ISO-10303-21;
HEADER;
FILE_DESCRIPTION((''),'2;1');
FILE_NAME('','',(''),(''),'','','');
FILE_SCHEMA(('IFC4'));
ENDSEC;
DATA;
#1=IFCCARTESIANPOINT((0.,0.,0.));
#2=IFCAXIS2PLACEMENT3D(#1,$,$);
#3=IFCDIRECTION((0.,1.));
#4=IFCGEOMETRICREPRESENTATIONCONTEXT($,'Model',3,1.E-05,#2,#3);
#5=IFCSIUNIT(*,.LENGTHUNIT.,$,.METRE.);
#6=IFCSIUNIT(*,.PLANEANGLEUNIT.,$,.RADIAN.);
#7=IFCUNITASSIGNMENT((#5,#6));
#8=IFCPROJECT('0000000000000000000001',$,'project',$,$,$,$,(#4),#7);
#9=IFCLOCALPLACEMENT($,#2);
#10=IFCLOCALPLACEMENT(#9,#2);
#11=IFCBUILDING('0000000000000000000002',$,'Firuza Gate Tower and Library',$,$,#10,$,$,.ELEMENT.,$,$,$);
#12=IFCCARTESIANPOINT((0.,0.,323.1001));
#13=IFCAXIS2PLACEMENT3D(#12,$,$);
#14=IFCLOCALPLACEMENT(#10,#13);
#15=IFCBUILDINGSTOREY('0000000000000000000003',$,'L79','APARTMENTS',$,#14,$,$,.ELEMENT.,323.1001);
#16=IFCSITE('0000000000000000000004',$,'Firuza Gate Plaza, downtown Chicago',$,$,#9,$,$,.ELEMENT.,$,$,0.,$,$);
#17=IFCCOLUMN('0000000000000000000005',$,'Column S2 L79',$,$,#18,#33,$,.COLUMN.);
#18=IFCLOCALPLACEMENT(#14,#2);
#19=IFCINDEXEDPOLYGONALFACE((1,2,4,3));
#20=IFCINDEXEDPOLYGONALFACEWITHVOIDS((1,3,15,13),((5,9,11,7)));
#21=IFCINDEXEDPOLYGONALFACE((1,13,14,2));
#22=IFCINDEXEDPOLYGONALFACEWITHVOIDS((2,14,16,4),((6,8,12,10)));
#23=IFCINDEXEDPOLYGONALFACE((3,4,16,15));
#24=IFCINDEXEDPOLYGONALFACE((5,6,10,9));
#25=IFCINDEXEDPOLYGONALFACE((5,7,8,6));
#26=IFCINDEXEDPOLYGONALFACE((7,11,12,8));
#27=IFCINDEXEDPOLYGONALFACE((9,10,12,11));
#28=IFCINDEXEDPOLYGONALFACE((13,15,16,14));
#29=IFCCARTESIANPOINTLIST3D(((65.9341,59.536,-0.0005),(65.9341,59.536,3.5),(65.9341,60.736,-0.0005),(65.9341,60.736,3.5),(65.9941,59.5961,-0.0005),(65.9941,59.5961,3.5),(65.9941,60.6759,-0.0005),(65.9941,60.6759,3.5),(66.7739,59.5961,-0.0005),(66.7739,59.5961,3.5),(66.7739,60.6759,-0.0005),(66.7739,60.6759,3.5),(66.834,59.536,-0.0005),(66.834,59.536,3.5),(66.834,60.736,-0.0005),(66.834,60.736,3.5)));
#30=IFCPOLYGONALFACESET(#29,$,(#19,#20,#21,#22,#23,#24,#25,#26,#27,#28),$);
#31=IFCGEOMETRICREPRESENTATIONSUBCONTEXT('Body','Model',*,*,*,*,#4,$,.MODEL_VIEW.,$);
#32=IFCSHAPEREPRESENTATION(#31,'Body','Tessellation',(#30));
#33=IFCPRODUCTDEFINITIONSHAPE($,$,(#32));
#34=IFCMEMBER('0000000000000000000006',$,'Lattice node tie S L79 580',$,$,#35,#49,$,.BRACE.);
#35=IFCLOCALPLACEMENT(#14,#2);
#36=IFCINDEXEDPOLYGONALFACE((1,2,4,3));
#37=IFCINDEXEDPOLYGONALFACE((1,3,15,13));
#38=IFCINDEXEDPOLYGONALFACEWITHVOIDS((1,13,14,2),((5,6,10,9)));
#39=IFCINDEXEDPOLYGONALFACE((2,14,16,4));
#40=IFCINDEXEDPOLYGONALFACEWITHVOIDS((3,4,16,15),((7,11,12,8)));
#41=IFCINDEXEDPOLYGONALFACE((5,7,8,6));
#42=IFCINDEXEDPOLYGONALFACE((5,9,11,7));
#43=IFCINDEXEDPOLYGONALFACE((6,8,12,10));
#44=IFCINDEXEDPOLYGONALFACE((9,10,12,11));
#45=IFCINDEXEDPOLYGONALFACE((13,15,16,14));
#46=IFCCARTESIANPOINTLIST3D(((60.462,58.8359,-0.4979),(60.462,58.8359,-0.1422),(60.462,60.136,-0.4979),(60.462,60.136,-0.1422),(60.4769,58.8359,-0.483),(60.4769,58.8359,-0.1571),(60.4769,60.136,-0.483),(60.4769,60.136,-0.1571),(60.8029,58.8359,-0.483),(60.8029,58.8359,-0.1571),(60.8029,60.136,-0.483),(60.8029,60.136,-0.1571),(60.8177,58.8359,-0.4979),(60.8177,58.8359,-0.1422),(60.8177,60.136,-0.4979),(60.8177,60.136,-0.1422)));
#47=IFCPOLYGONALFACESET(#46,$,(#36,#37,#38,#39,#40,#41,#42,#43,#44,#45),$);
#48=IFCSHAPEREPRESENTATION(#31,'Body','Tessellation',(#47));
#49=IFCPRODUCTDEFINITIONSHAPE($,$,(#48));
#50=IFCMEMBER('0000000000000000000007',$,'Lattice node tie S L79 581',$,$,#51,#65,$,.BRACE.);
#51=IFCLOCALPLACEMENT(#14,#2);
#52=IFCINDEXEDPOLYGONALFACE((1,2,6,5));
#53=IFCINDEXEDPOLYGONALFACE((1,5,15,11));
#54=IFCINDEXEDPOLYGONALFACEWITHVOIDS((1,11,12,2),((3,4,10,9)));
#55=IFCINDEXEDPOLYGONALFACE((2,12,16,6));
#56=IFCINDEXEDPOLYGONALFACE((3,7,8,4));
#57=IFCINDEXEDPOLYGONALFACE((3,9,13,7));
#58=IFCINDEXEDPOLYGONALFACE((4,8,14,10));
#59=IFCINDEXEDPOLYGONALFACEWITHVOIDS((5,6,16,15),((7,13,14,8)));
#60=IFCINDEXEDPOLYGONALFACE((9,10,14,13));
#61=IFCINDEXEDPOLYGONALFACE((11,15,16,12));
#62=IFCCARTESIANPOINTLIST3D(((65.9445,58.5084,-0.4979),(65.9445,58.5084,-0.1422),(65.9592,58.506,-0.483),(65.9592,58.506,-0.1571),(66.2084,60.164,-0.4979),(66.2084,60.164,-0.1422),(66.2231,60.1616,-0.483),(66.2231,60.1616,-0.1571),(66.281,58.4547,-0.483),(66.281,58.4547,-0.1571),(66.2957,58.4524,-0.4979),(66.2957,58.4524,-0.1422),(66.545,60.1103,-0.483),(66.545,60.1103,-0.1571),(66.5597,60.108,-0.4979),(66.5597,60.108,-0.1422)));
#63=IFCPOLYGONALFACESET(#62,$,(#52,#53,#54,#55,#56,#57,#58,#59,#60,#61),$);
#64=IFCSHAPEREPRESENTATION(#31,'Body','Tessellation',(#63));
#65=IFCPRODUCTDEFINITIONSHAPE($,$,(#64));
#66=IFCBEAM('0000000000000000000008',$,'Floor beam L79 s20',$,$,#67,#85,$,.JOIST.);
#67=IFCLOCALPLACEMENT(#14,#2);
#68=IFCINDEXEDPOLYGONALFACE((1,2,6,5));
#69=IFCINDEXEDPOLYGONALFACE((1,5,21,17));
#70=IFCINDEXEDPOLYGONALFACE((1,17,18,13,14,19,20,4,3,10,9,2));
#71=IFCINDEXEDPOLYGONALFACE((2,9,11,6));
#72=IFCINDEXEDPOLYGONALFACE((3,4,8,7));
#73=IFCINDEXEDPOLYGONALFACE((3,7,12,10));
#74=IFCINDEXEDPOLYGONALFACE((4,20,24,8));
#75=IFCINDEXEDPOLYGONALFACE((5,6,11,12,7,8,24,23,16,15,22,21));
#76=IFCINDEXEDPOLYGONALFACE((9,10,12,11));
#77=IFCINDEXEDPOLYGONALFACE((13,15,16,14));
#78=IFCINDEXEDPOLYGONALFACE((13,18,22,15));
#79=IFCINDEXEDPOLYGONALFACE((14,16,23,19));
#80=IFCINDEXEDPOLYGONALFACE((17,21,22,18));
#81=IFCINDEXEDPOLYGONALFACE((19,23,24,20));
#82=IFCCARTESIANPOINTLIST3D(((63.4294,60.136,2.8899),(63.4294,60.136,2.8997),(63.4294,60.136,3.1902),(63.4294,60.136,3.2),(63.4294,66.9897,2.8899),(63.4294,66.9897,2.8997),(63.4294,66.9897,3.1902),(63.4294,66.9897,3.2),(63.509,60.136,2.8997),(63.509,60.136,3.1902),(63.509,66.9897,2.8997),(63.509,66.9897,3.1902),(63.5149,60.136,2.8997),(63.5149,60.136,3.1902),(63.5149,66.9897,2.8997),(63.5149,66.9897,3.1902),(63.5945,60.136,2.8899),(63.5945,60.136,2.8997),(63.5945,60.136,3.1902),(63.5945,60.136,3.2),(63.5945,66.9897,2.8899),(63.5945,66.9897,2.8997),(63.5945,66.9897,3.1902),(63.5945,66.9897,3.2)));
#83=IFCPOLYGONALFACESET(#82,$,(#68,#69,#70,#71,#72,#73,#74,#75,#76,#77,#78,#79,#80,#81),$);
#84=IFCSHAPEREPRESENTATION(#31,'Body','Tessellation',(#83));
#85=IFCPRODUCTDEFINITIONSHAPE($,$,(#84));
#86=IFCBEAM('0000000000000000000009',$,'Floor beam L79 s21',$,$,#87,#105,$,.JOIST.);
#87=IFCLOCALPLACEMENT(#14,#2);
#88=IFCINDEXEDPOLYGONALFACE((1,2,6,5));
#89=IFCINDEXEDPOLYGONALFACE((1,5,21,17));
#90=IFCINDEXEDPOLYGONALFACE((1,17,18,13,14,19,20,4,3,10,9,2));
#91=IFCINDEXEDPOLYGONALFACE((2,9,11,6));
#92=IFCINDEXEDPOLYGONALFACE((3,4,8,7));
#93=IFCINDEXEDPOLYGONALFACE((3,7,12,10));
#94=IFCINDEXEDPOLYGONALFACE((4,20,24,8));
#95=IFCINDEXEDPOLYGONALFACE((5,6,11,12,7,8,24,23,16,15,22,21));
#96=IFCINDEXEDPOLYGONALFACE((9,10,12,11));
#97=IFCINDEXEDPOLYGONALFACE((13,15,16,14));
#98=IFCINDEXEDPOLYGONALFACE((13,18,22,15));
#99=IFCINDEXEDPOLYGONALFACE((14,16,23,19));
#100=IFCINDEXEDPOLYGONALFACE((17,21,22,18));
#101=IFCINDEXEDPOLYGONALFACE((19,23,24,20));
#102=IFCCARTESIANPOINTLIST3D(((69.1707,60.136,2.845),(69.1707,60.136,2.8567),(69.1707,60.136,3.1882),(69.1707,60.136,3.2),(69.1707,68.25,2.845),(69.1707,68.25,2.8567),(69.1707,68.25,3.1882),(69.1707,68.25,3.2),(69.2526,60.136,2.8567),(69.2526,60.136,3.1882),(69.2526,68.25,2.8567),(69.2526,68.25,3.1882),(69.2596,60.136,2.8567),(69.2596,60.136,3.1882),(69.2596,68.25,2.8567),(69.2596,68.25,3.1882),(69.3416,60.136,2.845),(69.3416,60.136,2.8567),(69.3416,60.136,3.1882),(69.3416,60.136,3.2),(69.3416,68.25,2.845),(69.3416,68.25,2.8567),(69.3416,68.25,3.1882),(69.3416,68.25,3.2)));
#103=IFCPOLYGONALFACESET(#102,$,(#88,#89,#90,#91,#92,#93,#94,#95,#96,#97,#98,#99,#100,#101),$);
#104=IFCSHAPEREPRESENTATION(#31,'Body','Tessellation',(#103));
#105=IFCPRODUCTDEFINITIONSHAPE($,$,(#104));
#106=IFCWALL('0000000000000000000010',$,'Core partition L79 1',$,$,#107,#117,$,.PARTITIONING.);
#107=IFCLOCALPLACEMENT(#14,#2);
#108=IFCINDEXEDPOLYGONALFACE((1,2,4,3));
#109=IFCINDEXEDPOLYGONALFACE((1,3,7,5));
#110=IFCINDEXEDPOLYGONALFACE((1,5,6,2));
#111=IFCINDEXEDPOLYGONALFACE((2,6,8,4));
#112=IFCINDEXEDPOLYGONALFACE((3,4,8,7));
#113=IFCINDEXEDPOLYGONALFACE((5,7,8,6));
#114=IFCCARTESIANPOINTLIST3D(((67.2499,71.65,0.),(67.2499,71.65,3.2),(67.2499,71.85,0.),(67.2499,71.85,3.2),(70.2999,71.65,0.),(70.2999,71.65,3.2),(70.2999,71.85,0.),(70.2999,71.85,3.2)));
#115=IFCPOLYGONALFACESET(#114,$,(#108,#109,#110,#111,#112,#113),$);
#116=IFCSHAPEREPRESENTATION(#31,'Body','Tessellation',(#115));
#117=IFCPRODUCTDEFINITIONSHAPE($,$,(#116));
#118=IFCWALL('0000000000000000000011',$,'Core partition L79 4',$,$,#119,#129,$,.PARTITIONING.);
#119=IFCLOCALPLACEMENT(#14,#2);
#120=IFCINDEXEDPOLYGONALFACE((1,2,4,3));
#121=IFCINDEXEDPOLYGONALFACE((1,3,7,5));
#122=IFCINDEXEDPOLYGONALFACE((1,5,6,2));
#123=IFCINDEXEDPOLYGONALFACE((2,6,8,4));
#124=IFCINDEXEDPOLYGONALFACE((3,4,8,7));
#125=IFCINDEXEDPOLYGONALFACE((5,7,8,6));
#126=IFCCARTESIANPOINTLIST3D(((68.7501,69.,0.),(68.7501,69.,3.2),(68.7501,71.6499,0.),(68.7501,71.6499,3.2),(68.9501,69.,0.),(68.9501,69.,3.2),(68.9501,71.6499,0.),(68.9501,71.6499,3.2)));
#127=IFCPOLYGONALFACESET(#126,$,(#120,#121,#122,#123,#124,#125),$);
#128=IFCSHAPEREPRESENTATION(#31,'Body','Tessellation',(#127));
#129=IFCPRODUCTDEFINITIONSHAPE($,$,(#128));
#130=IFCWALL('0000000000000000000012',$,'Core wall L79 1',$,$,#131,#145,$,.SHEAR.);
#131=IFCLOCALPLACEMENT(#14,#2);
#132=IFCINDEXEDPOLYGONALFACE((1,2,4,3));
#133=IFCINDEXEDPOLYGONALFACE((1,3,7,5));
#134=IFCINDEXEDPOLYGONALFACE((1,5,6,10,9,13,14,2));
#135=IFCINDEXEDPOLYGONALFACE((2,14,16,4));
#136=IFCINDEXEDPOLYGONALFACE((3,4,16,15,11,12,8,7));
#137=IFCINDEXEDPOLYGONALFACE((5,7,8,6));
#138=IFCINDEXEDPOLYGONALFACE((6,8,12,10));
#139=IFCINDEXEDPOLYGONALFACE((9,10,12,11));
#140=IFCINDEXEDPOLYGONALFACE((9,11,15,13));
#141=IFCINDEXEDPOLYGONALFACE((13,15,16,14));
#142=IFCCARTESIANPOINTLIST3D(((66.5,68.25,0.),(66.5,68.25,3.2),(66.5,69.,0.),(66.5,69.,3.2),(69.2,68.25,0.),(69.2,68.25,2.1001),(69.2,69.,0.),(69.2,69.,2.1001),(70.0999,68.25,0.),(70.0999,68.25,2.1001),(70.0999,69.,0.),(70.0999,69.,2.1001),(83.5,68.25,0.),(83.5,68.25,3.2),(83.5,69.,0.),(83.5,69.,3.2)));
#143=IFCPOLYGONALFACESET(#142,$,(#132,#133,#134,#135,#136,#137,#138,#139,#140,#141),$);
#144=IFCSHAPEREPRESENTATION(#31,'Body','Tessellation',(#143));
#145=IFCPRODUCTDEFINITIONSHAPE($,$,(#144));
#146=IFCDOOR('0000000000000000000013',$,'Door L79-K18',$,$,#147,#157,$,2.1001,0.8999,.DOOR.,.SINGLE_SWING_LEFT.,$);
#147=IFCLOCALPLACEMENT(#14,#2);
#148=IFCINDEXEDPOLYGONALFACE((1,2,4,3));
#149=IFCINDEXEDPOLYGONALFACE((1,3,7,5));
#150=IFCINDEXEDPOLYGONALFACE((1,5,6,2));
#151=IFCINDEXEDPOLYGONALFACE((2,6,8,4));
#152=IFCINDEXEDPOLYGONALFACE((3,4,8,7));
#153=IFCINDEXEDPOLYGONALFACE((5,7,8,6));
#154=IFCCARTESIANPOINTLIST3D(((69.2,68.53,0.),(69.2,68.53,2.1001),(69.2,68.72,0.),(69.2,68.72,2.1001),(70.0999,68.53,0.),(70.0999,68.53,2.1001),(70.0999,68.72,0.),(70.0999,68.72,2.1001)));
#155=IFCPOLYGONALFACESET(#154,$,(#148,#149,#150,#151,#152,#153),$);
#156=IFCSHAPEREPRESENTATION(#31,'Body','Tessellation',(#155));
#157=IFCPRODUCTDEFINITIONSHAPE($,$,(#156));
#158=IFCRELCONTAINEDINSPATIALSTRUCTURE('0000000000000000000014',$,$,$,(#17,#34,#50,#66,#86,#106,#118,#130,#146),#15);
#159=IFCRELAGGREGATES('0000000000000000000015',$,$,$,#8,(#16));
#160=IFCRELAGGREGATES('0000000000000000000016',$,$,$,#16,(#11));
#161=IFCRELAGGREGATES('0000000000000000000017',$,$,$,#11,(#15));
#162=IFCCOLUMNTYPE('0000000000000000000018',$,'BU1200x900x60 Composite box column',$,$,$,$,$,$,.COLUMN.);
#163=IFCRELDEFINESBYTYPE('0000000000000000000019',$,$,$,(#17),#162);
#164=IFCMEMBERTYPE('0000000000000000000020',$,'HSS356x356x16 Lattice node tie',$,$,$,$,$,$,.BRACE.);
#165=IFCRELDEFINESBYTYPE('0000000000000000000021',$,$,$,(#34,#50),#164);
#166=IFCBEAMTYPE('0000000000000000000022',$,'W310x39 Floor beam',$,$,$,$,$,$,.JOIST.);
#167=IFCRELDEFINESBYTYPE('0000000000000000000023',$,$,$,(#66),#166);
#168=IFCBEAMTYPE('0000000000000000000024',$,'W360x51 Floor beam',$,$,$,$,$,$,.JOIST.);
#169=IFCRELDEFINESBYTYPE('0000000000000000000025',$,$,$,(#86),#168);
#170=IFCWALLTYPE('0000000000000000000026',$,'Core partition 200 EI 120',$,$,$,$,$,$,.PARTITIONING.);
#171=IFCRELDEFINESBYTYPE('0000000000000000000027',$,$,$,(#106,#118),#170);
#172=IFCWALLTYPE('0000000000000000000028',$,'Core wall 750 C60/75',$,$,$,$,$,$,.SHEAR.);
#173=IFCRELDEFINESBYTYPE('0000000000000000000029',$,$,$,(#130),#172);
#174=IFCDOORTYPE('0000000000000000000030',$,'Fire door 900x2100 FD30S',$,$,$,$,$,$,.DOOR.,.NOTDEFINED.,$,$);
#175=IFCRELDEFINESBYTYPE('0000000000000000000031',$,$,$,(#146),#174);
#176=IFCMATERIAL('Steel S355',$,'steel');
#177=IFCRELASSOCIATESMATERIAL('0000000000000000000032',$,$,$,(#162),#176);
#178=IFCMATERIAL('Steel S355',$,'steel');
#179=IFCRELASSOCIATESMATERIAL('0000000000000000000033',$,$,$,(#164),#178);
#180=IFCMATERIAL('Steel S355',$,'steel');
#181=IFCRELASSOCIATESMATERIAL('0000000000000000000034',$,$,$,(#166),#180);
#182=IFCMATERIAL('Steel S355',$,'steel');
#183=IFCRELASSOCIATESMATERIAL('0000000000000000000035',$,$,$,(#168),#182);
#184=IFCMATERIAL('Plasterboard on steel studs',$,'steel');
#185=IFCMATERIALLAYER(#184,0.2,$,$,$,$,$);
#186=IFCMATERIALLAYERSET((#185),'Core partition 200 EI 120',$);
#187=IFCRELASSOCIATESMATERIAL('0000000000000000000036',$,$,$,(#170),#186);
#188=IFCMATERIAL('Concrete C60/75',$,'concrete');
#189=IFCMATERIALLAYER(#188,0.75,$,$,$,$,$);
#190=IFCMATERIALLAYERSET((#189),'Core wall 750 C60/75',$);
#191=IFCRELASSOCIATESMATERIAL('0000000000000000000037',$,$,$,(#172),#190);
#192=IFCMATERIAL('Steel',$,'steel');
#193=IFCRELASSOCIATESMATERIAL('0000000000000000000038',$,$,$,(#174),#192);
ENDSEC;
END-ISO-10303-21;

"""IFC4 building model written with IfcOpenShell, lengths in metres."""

from ifc_helpers import new_model, si_unit, direction, frame, frame_2d, origin, origin_2d, place, context, subcontext, project, spatial, rectangle, hollow_rectangle, i_section, extrude, material, layer, layer_set, material_profile, profile_set, type_object, element, fill, save


model = new_model("IFC4")

# Units and contexts
model_context = context("Model", 3, precision=1e-05, world=origin(), true_north=direction((0.0, 1.0)))
body_context = subcontext(model_context, "Body", "Model", "MODEL_VIEW")
ifc_project = project(units=[si_unit("LENGTHUNIT", "METRE"), si_unit("PLANEANGLEUNIT", "RADIAN")], contexts=[model_context])

# Site, building, storey
site_placement = place(None, origin())
site = spatial("IfcSite", under=ifc_project, at=site_placement, Name="Firuza Gate Plaza, downtown Chicago", CompositionType="ELEMENT", RefElevation=0.0)
building_placement = place(site_placement, origin())
building = spatial("IfcBuilding", under=site, at=building_placement, Name="Firuza Gate Tower and Library", CompositionType="ELEMENT")
storey_placement = place(building_placement, frame((0.0, 0.0, 323.1001)))
storey = spatial("IfcBuildingStorey", under=building, at=storey_placement, Name="L79", Description="APARTMENTS", CompositionType="ELEMENT", Elevation=323.1001)

# Column
ifc_material_1 = material(Name="Steel S355", Category="steel")
ifc_material_profile_1 = material_profile(ifc_material_1, hollow_rectangle(XDim=0.8999, YDim=1.2, WallThickness=0.0601, at=origin_2d()))
ifc_profile_set_1 = profile_set([ifc_material_profile_1], Name="Steel S355")
column_type = type_object("IfcColumnType", Name="BU1200x900x60 Composite box column", PredefinedType="COLUMN", material=ifc_profile_set_1)
column_placement = place(storey_placement, frame((66.384, 60.136, -0.0005), z_axis=(0.0, 0.0, 1.0), x_axis=(1.0, 0.0, 0.0)))
element("IfcColumn", 1, at=column_placement, inside=storey, type_object=column_type, Name="Column S2 L79", PredefinedType="COLUMN", context=body_context, shape_type="SweptSolid", body=[
    extrude(hollow_rectangle(XDim=0.8999, YDim=1.2, WallThickness=0.0601, at=origin_2d()), origin(), (0.0, 0.0, 1.0), 3.5005),
])

# Members
ifc_material_2 = material(Name="Steel S355", Category="steel")
ifc_material_profile_2 = material_profile(ifc_material_2, hollow_rectangle(XDim=0.3557, YDim=0.3557, WallThickness=0.0149, at=origin_2d()))
ifc_profile_set_2 = profile_set([ifc_material_profile_2], Name="Steel S355")
member_type = type_object("IfcMemberType", Name="HSS356x356x16 Lattice node tie", PredefinedType="BRACE", material=ifc_profile_set_2)
member_1_placement = place(storey_placement, frame((60.6399, 60.136, -0.3201), z_axis=(0.0, -1.0, 0.0), x_axis=(1.0, 0.0, 0.0)))
element("IfcMember", 2, at=member_1_placement, inside=storey, type_object=member_type, Name="Lattice node tie S L79 580", PredefinedType="BRACE", context=body_context, shape_type="SweptSolid", body=[
    extrude(hollow_rectangle(XDim=0.3557, YDim=0.3557, WallThickness=0.0149, at=origin_2d()), origin(), (0.0, 0.0, 1.0), 1.3),
])
member_2_placement = place(storey_placement, frame((66.384, 60.136, -0.3201), z_axis=(-0.157428, -0.98753, 0.0), x_axis=(0.98753, -0.157428, 0.0)))
element("IfcMember", 3, at=member_2_placement, inside=storey, type_object=member_type, Name="Lattice node tie S L79 581", PredefinedType="BRACE", context=body_context, shape_type="SweptSolid", body=[
    extrude(hollow_rectangle(XDim=0.3557, YDim=0.3557, WallThickness=0.0149, at=origin_2d()), origin(), (0.0, 0.0, 1.0), 1.6765),
])

# Beams
ifc_material_3 = material(Name="Steel S355", Category="steel")
ifc_material_profile_3 = material_profile(ifc_material_3, i_section(OverallWidth=0.165, OverallDepth=0.3101, WebThickness=0.0059, FlangeThickness=0.0098, at=origin_2d()))
ifc_profile_set_3 = profile_set([ifc_material_profile_3], Name="Steel S355")
beam_type_1 = type_object("IfcBeamType", Name="W310x39 Floor beam", PredefinedType="JOIST", material=ifc_profile_set_3)
beam_1_placement = place(storey_placement, frame((63.512, 60.136, 3.0449), z_axis=(0.0, 1.0, 0.0), x_axis=(-1.0, 0.0, 0.0)))
element("IfcBeam", 4, at=beam_1_placement, inside=storey, type_object=beam_type_1, Name="Floor beam L79 s20", PredefinedType="JOIST", context=body_context, shape_type="SweptSolid", body=[
    extrude(i_section(OverallWidth=0.165, OverallDepth=0.3101, WebThickness=0.0059, FlangeThickness=0.0098, at=origin_2d()), origin(), (0.0, 0.0, 1.0), 6.8538),
])
ifc_material_4 = material(Name="Steel S355", Category="steel")
ifc_material_profile_4 = material_profile(ifc_material_4, i_section(OverallWidth=0.1709, OverallDepth=0.355, WebThickness=0.0071, FlangeThickness=0.0117, at=origin_2d()))
ifc_profile_set_4 = profile_set([ifc_material_profile_4], Name="Steel S355")
beam_type_2 = type_object("IfcBeamType", Name="W360x51 Floor beam", PredefinedType="JOIST", material=ifc_profile_set_4)
beam_2_placement = place(storey_placement, frame((69.2561, 60.136, 3.0225), z_axis=(0.0, 1.0, 0.0), x_axis=(-1.0, 0.0, 0.0)))
element("IfcBeam", 5, at=beam_2_placement, inside=storey, type_object=beam_type_2, Name="Floor beam L79 s21", PredefinedType="JOIST", context=body_context, shape_type="SweptSolid", body=[
    extrude(i_section(OverallWidth=0.1709, OverallDepth=0.355, WebThickness=0.0071, FlangeThickness=0.0117, at=origin_2d()), origin(), (0.0, 0.0, 1.0), 8.114),
])

# Walls
ifc_material_5 = material(Name="Plasterboard on steel studs", Category="steel")
ifc_layer_1 = layer(ifc_material_5, 0.2)
ifc_layer_set_1 = layer_set([ifc_layer_1], Name="Core partition 200 EI 120")
wall_type_1 = type_object("IfcWallType", Name="Core partition 200 EI 120", PredefinedType="PARTITIONING", material=ifc_layer_set_1)
wall_1_placement = place(storey_placement, frame((67.25, 71.75, 0.0), z_axis=(0.0, 0.0, 1.0), x_axis=(1.0, 0.0, 0.0)))
element("IfcWall", 6, at=wall_1_placement, inside=storey, type_object=wall_type_1, Name="Core partition L79 1", PredefinedType="PARTITIONING", context=body_context, shape_type="SweptSolid", body=[
    extrude(rectangle(XDim=3.05, YDim=0.2, at=frame_2d((1.5249, 0.0))), origin(), (0.0, 0.0, 1.0), 3.2),
])
wall_2_placement = place(storey_placement, frame((68.8501, 69.0, 0.0), z_axis=(0.0, 0.0, 1.0), x_axis=(0.0, 1.0, 0.0)))
element("IfcWall", 7, at=wall_2_placement, inside=storey, type_object=wall_type_1, Name="Core partition L79 4", PredefinedType="PARTITIONING", context=body_context, shape_type="SweptSolid", body=[
    extrude(rectangle(XDim=2.6499, YDim=0.2, at=frame_2d((1.325, 0.0))), origin(), (0.0, 0.0, 1.0), 3.2),
])

# Wall, opening, door
ifc_material_6 = material(Name="Concrete C60/75", Category="concrete")
ifc_layer_2 = layer(ifc_material_6, 0.75)
ifc_layer_set_2 = layer_set([ifc_layer_2], Name="Core wall 750 C60/75")
wall_type_2 = type_object("IfcWallType", Name="Core wall 750 C60/75", PredefinedType="SHEAR", material=ifc_layer_set_2)
wall_3_placement = place(storey_placement, frame((66.5, 68.625, 0.0), z_axis=(0.0, 0.0, 1.0), x_axis=(1.0, 0.0, 0.0)))
wall_3 = element("IfcWall", 8, at=wall_3_placement, inside=storey, type_object=wall_type_2, Name="Core wall L79 1", PredefinedType="SHEAR", context=body_context, shape_type="SweptSolid", body=[
    extrude(rectangle(XDim=17.0, YDim=0.75, at=frame_2d((8.5, 0.0))), origin(), (0.0, 0.0, 1.0), 3.2),
])
opening_1_placement = place(wall_3_placement, frame((2.7, 0.0, 0.0)))
opening_1 = element("IfcOpeningElement", 9, at=opening_1_placement, cuts=wall_3, PredefinedType="OPENING", context=body_context, shape_type="SweptSolid", body=[
    extrude(rectangle(XDim=0.8999, YDim=2.1001, at=frame_2d((0.45, 1.05))), frame((0.0, 0.385, 0.0), z_axis=(0.0, -1.0, 0.0), x_axis=(1.0, 0.0, 0.0)), (0.0, 0.0, 1.0), 0.77),
])
ifc_material_7 = material(Name="Steel", Category="steel")
door_type_1 = type_object("IfcDoorType", Name="Fire door 900x2100 FD30S", OperationType="NOTDEFINED", PredefinedType="DOOR", material=ifc_material_7)
door_1_placement = place(opening_1_placement, origin())
door_1 = element("IfcDoor", 10, at=door_1_placement, inside=storey, type_object=door_type_1, Name="Door L79-K18", OperationType="SINGLE_SWING_LEFT", OverallHeight=2.1001, OverallWidth=0.8999, PredefinedType="DOOR", context=body_context, shape_type="SweptSolid", body=[
    extrude(rectangle(XDim=0.8999, YDim=2.1001, at=frame_2d((0.45, 1.05))), frame((0.0, 0.095, 0.0), z_axis=(0.0, -1.0, 0.0), x_axis=(1.0, 0.0, 0.0)), (0.0, 0.0, 1.0), 0.1899),
])
fill(opening_1, door_1)

save(model, "model.ifc")
